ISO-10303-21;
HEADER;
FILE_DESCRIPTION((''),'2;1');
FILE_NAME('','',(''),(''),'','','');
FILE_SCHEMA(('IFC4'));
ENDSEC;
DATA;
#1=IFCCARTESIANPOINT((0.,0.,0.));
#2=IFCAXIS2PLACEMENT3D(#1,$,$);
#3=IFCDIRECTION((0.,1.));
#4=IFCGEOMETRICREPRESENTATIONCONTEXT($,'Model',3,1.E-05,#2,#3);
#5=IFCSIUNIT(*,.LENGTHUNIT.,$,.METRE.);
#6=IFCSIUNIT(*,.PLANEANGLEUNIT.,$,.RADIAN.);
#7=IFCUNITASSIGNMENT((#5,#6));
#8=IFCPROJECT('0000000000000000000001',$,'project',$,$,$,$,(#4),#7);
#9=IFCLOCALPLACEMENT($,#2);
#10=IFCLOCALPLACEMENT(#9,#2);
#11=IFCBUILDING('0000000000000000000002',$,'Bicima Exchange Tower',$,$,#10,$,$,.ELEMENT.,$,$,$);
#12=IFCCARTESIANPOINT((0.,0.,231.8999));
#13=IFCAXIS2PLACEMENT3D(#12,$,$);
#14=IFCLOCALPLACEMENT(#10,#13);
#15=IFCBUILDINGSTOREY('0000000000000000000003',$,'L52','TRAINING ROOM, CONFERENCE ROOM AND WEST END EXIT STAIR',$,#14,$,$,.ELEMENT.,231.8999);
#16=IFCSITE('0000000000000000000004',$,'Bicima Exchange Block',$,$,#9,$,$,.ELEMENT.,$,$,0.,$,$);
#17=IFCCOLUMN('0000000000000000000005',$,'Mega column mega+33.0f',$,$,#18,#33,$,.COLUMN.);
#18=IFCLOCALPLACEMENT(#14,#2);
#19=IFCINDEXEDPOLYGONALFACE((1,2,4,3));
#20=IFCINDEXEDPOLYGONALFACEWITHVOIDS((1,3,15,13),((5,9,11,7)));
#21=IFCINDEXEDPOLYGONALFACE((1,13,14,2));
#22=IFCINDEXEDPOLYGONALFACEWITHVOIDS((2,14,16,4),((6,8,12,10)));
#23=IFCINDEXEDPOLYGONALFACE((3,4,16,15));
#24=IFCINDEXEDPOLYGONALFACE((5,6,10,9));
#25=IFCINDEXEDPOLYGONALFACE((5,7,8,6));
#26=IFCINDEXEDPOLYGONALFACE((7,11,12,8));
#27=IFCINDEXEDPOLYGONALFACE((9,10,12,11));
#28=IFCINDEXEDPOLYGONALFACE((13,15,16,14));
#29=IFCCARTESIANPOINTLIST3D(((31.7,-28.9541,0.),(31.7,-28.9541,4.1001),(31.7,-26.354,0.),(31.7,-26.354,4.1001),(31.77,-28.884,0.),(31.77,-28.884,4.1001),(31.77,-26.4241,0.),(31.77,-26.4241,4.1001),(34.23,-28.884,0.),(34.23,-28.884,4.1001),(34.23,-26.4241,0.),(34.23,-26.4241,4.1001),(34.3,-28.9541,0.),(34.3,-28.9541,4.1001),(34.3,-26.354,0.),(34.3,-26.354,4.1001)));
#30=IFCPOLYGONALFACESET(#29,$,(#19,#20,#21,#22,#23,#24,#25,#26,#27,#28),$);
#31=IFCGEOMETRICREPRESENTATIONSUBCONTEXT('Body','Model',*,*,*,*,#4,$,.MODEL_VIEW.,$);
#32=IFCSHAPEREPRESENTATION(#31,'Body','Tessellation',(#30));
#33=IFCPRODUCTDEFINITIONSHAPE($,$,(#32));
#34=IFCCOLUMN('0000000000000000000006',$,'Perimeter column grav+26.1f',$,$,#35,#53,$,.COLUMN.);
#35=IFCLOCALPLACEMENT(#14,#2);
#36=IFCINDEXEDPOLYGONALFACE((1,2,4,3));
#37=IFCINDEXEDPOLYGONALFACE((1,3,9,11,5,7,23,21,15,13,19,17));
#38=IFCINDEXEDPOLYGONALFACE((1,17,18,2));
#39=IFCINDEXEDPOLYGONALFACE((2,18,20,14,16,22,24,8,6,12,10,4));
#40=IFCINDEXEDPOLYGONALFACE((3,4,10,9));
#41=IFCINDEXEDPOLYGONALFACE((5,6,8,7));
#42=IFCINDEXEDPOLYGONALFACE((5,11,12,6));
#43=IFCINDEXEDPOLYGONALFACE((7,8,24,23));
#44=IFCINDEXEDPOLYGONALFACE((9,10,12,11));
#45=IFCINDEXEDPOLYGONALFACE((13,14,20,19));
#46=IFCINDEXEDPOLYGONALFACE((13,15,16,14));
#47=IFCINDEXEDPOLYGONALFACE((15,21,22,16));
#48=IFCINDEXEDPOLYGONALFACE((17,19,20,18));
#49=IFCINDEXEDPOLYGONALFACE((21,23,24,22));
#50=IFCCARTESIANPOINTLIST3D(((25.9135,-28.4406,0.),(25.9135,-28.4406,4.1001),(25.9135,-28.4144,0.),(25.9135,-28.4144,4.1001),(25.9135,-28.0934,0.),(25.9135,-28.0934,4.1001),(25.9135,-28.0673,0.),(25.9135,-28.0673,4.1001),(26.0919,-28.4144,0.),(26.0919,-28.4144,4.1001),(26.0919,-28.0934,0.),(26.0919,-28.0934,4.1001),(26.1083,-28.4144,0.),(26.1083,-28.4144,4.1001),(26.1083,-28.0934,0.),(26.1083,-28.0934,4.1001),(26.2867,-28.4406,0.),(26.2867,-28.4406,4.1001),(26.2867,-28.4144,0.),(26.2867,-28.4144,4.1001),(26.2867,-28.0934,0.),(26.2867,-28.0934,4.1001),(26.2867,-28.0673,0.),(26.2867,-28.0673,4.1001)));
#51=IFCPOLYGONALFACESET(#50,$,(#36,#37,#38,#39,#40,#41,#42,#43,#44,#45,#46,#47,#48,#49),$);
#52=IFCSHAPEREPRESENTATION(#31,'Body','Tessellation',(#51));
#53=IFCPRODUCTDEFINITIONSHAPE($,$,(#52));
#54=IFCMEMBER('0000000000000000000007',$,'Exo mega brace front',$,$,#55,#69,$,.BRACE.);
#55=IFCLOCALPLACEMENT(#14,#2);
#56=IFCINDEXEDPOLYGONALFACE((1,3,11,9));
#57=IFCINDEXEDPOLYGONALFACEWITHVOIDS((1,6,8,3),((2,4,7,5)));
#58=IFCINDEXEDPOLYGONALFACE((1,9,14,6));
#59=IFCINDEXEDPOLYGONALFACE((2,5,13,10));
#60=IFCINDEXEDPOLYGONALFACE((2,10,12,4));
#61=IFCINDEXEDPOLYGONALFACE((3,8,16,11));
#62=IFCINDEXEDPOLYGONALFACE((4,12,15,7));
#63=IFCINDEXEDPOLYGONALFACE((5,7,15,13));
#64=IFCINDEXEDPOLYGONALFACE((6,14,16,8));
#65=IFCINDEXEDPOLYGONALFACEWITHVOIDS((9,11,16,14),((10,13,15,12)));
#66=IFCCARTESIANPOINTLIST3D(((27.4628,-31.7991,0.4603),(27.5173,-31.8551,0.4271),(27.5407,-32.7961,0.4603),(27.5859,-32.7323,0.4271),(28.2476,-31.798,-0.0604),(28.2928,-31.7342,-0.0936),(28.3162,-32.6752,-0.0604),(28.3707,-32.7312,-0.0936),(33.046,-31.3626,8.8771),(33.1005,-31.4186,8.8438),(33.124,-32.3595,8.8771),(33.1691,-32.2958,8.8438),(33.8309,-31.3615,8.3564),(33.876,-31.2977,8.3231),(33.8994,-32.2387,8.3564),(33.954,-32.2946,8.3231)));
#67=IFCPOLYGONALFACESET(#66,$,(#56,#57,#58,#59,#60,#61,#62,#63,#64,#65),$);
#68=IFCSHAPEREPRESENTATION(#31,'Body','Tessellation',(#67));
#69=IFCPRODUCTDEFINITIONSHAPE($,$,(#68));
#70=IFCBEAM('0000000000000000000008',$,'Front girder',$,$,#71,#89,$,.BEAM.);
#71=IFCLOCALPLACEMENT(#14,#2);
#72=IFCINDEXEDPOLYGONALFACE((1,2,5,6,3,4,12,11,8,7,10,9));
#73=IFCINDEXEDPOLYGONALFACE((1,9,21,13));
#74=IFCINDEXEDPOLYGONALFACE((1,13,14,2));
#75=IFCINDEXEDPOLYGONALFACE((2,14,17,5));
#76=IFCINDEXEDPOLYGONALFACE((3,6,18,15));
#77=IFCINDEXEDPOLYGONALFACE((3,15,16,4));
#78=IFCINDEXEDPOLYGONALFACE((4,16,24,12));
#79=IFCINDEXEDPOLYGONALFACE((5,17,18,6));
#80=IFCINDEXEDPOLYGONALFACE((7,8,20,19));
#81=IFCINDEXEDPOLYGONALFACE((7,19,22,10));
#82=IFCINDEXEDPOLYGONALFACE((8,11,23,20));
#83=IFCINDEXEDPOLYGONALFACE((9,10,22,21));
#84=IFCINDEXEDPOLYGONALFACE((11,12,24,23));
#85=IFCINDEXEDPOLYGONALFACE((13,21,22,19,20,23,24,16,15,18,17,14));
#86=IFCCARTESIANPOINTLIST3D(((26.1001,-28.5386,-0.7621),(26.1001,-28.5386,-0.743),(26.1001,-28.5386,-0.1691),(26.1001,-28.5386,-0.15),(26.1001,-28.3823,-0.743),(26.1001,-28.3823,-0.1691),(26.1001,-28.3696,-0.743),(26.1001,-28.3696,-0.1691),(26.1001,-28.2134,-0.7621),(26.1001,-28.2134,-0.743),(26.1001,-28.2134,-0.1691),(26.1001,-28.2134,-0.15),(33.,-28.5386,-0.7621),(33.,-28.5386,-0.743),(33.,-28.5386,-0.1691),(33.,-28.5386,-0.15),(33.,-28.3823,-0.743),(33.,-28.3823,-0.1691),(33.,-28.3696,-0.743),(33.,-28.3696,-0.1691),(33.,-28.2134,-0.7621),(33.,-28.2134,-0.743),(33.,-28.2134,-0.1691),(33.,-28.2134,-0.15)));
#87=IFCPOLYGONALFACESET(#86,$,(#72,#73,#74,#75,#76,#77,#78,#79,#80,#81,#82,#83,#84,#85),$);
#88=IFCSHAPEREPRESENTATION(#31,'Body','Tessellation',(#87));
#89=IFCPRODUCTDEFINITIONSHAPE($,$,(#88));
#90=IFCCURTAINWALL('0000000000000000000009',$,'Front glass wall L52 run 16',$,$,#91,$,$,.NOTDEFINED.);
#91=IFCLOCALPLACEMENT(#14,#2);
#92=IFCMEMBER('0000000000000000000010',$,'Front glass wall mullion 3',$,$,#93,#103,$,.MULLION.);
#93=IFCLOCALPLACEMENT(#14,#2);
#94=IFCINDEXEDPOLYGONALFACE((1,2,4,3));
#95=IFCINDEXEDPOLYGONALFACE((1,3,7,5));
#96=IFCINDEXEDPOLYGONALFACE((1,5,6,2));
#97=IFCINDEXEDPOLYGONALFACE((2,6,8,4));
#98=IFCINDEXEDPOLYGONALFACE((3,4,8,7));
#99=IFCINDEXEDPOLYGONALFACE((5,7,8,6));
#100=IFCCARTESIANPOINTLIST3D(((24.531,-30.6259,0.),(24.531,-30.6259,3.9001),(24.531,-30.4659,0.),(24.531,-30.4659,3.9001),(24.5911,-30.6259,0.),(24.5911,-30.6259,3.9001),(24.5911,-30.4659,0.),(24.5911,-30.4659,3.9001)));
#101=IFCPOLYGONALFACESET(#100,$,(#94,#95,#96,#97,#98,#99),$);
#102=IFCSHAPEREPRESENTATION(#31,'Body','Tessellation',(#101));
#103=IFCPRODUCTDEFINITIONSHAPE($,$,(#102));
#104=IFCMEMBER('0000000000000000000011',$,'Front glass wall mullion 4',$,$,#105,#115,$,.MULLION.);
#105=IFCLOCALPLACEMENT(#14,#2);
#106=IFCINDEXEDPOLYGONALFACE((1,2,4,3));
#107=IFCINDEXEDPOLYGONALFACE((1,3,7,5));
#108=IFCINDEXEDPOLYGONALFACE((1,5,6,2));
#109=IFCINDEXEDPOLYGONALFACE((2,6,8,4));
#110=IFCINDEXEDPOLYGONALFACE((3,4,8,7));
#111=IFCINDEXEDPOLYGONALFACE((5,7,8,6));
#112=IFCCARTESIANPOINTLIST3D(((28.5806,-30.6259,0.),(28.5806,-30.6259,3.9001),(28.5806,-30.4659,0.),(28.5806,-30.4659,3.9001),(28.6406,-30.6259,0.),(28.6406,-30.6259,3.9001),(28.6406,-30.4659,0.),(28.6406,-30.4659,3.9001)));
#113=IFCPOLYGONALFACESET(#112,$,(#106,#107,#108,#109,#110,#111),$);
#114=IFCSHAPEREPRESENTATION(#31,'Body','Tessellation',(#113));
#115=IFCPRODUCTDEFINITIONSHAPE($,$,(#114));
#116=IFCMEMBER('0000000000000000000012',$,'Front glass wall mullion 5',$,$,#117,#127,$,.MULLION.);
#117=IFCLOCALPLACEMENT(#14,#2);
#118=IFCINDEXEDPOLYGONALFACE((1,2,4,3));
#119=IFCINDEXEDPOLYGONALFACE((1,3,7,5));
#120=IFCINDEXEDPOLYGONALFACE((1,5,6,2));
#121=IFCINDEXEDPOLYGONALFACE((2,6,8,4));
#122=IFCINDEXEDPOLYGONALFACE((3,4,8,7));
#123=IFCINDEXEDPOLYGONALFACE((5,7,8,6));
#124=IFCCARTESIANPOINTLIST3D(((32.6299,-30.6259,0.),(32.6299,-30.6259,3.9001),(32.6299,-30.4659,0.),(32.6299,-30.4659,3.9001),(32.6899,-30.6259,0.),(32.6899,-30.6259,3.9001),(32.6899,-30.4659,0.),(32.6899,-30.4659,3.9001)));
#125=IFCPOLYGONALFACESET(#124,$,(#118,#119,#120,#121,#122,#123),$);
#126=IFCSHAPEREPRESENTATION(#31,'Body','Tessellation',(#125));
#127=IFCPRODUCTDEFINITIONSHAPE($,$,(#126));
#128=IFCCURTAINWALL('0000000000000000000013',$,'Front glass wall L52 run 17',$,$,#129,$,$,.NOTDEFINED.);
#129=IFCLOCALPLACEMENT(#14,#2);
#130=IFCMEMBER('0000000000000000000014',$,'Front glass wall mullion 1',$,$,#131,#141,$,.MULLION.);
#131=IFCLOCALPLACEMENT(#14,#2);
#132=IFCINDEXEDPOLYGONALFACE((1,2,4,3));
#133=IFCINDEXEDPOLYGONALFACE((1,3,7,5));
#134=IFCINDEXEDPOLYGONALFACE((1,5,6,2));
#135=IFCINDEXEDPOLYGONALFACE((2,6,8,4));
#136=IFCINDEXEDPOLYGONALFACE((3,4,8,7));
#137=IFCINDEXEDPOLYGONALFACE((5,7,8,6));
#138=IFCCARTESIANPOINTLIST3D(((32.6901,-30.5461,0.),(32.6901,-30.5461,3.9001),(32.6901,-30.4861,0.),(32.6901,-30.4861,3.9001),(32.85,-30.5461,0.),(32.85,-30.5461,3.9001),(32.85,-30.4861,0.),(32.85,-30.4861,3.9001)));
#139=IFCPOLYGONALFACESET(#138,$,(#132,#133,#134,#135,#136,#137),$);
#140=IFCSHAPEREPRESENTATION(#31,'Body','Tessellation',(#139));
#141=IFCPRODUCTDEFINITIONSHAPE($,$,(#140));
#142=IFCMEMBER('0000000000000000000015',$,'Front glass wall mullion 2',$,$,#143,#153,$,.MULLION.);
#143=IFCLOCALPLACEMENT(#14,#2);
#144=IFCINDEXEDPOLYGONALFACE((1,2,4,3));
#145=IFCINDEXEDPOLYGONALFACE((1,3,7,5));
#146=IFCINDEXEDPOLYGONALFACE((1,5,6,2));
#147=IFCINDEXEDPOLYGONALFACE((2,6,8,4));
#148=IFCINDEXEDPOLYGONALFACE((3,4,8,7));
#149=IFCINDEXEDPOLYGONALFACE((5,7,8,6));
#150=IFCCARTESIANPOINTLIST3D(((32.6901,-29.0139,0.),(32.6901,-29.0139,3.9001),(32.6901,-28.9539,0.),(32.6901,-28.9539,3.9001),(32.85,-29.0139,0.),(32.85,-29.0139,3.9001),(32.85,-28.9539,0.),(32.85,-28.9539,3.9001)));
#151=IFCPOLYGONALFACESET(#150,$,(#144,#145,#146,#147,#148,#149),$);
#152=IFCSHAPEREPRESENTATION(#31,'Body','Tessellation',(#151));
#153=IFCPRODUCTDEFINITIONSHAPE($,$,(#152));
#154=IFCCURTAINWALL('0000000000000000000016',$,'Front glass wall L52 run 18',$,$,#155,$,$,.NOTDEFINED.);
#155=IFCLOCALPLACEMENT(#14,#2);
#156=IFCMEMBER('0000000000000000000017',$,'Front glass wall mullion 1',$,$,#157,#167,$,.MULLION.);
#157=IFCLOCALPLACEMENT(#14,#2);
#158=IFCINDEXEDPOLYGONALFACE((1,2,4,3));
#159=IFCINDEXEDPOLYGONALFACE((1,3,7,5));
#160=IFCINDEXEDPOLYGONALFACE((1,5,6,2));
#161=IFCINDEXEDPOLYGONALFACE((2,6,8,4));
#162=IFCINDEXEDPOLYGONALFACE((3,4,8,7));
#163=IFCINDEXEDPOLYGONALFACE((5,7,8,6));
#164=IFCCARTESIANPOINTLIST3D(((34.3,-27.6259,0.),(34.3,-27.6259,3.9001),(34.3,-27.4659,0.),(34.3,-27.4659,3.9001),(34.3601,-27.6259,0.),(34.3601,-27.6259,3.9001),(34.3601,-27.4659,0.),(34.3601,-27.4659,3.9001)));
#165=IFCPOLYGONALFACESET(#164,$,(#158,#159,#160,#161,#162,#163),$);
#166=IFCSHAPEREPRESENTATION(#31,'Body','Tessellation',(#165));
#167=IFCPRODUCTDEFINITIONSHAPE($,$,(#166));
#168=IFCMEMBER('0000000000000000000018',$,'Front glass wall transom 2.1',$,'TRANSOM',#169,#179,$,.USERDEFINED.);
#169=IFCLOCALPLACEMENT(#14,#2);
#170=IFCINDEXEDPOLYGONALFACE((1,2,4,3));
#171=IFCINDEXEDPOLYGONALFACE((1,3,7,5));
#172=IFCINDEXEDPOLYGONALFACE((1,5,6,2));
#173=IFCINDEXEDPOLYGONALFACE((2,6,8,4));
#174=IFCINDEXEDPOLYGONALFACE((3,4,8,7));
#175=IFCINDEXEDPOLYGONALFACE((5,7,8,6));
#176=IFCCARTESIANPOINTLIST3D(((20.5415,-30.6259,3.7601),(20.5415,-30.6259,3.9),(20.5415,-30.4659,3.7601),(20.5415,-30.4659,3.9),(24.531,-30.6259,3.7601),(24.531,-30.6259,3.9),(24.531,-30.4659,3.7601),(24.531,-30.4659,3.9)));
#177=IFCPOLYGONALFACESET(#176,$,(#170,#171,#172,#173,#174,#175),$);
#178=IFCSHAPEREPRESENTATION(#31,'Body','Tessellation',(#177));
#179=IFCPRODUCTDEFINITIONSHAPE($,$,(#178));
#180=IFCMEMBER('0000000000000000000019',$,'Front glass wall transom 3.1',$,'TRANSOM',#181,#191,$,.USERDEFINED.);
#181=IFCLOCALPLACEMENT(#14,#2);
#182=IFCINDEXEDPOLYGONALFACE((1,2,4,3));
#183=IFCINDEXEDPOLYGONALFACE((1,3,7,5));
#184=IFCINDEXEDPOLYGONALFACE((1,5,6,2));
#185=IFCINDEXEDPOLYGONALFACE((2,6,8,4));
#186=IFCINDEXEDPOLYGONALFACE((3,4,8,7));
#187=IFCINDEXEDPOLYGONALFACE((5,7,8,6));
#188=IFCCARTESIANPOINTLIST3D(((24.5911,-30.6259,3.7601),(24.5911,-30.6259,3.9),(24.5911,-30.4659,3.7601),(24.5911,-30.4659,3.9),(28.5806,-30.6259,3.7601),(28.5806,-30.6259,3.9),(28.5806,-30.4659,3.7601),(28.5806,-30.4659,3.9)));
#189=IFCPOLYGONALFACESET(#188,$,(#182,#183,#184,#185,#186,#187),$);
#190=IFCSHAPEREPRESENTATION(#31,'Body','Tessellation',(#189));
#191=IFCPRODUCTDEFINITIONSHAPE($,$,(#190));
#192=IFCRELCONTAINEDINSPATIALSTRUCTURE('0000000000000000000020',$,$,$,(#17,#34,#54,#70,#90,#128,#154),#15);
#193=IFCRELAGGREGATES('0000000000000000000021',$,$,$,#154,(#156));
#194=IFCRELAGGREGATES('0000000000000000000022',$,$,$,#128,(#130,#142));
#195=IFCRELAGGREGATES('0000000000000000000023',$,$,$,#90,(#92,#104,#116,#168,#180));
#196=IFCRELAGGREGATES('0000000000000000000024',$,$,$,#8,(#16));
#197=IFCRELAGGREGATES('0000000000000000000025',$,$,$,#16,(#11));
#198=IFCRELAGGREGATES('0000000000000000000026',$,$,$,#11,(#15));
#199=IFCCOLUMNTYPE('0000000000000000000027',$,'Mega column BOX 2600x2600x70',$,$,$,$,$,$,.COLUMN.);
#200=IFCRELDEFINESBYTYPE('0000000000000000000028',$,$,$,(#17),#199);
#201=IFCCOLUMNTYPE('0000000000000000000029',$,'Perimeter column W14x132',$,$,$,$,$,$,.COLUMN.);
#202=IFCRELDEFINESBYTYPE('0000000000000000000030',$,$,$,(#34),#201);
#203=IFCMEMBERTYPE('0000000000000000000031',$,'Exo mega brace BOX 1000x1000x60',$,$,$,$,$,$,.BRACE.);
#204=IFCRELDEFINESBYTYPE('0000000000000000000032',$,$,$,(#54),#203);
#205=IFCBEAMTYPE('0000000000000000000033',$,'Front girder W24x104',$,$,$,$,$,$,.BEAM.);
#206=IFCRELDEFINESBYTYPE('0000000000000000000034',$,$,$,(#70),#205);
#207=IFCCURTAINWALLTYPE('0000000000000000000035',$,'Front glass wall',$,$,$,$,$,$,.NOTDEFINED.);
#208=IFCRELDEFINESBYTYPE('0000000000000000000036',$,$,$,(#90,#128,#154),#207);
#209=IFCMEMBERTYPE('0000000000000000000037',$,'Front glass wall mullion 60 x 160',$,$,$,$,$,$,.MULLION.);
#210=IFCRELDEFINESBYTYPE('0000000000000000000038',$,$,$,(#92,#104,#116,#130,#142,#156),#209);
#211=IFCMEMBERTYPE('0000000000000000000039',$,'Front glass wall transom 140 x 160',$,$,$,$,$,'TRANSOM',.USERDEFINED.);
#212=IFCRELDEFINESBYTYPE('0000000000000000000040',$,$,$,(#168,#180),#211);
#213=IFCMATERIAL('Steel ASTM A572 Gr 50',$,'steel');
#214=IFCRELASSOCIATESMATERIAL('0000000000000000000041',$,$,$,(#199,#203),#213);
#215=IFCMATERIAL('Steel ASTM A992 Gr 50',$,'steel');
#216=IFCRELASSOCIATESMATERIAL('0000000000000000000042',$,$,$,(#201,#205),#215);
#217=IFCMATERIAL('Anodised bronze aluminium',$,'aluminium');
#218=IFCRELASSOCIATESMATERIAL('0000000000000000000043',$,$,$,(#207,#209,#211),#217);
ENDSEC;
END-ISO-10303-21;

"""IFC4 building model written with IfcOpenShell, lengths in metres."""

from ifc_helpers import new_model, si_unit, direction, frame, origin, origin_2d, place, context, subcontext, project, spatial, rectangle, hollow_rectangle, i_section, extrude, material, material_profile, profile_set, type_object, element, aggregate, save


model = new_model("IFC4")

# Units and contexts
model_context = context("Model", 3, precision=1e-05, world=origin(), true_north=direction((0.0, 1.0)))
body_context = subcontext(model_context, "Body", "Model", "MODEL_VIEW")
ifc_project = project(units=[si_unit("LENGTHUNIT", "METRE"), si_unit("PLANEANGLEUNIT", "RADIAN")], contexts=[model_context])

# Site, building, storey
site_placement = place(None, origin())
site = spatial("IfcSite", under=ifc_project, at=site_placement, Name="Bicima Exchange Block", CompositionType="ELEMENT", RefElevation=0.0)
building_placement = place(site_placement, origin())
building = spatial("IfcBuilding", under=site, at=building_placement, Name="Bicima Exchange Tower", CompositionType="ELEMENT")
storey_placement = place(building_placement, frame((0.0, 0.0, 231.8999)))
storey = spatial("IfcBuildingStorey", under=building, at=storey_placement, Name="L52", Description="TRAINING ROOM, CONFERENCE ROOM AND WEST END EXIT STAIR", CompositionType="ELEMENT", Elevation=231.8999)

# Columns
ifc_material_1 = material(Name="Steel ASTM A572 Gr 50", Category="steel")
ifc_material_profile_1 = material_profile(ifc_material_1, hollow_rectangle(XDim=2.6001, YDim=2.6001, WallThickness=0.0701, at=origin_2d()))
ifc_profile_set_1 = profile_set([ifc_material_profile_1], Name="Steel ASTM A572 Gr 50")
column_type_1 = type_object("IfcColumnType", Name="Mega column BOX 2600x2600x70", PredefinedType="COLUMN", material=ifc_profile_set_1)
column_1_placement = place(storey_placement, frame((33.0, -27.6541, 0.0), z_axis=(0.0, 0.0, 1.0), x_axis=(1.0, 0.0, 0.0)))
element("IfcColumn", 1, at=column_1_placement, inside=storey, type_object=column_type_1, Name="Mega column mega+33.0f", PredefinedType="COLUMN", context=body_context, shape_type="SweptSolid", body=[
    extrude(hollow_rectangle(XDim=2.6001, YDim=2.6001, WallThickness=0.0701, at=origin_2d()), origin(), (0.0, 0.0, 1.0), 4.1001),
])
ifc_material_2 = material(Name="Steel ASTM A992 Gr 50", Category="steel")
ifc_material_profile_2 = material_profile(ifc_material_2, i_section(OverallWidth=0.3733, OverallDepth=0.3733, WebThickness=0.0164, FlangeThickness=0.0261, at=origin_2d()))
ifc_profile_set_2 = profile_set([ifc_material_profile_2], Name="Steel ASTM A992 Gr 50")
column_type_2 = type_object("IfcColumnType", Name="Perimeter column W14x132", PredefinedType="COLUMN", material=ifc_profile_set_2)
column_2_placement = place(storey_placement, frame((26.1001, -28.2539, 0.0), z_axis=(0.0, 0.0, 1.0), x_axis=(1.0, 0.0, 0.0)))
element("IfcColumn", 2, at=column_2_placement, inside=storey, type_object=column_type_2, Name="Perimeter column grav+26.1f", PredefinedType="COLUMN", context=body_context, shape_type="SweptSolid", body=[
    extrude(i_section(OverallWidth=0.3733, OverallDepth=0.3733, WebThickness=0.0164, FlangeThickness=0.0261, at=origin_2d()), origin(), (0.0, 0.0, 1.0), 4.1001),
])

# Member
ifc_material_profile_3 = material_profile(ifc_material_1, hollow_rectangle(XDim=1.0, YDim=1.0, WallThickness=0.0601, at=origin_2d()))
ifc_profile_set_3 = profile_set([ifc_material_profile_3], Name="Steel ASTM A572 Gr 50")
member_type_1 = type_object("IfcMemberType", Name="Exo mega brace BOX 1000x1000x60", PredefinedType="BRACE", material=ifc_profile_set_3)
member_1_placement = place(storey_placement, frame((27.9167, -32.2651, 0.1833), z_axis=(0.55227, 0.043179, 0.832546), x_axis=(-0.077947, 0.996958, 0.0)))
element("IfcMember", 3, at=member_1_placement, inside=storey, type_object=member_type_1, Name="Exo mega brace front", PredefinedType="BRACE", context=body_context, shape_type="SweptSolid", body=[
    extrude(hollow_rectangle(XDim=1.0, YDim=1.0, WallThickness=0.0601, at=origin_2d()), origin(), (0.0, 0.0, 1.0), 10.1096),
])

# Beam
ifc_material_profile_4 = material_profile(ifc_material_2, i_section(OverallWidth=0.3252, OverallDepth=0.6121, WebThickness=0.0127, FlangeThickness=0.019, at=origin_2d()))
ifc_profile_set_4 = profile_set([ifc_material_profile_4], Name="Steel ASTM A992 Gr 50")
beam_type = type_object("IfcBeamType", Name="Front girder W24x104", PredefinedType="BEAM", material=ifc_profile_set_4)
beam_placement = place(storey_placement, frame((26.1001, -28.376, -0.4561), z_axis=(1.0, 0.0, 0.0), x_axis=(0.0, 1.0, 0.0)))
element("IfcBeam", 4, at=beam_placement, inside=storey, type_object=beam_type, Name="Front girder", PredefinedType="BEAM", context=body_context, shape_type="SweptSolid", body=[
    extrude(i_section(OverallWidth=0.3252, OverallDepth=0.6121, WebThickness=0.0127, FlangeThickness=0.019, at=origin_2d()), origin(), (0.0, 0.0, 1.0), 6.8999),
])

# Curtain walls, members
ifc_material_3 = material(Name="Anodised bronze aluminium", Category="aluminium")
curtain_wall_type = type_object("IfcCurtainWallType", Name="Front glass wall", PredefinedType="NOTDEFINED", material=ifc_material_3)
curtain_wall_1_placement = place(storey_placement, origin())
curtain_wall_1 = element("IfcCurtainWall", 5, at=curtain_wall_1_placement, inside=storey, type_object=curtain_wall_type, Name="Front glass wall L52 run 16", PredefinedType="NOTDEFINED")
ifc_material_profile_5 = material_profile(ifc_material_3, rectangle(XDim=0.1599, YDim=0.0601, at=origin_2d()))
ifc_profile_set_5 = profile_set([ifc_material_profile_5], Name="Anodised bronze aluminium")
member_type_2 = type_object("IfcMemberType", Name="Front glass wall mullion 60 x 160", PredefinedType="MULLION", material=ifc_profile_set_5)
member_2_placement = place(storey_placement, frame((24.561, -30.5459, 0.0), z_axis=(0.0, 0.0, 1.0), x_axis=(0.0, 1.0, 0.0)))
member_2 = element("IfcMember", 6, at=member_2_placement, type_object=member_type_2, Name="Front glass wall mullion 3", PredefinedType="MULLION", context=body_context, shape_type="SweptSolid", body=[
    extrude(rectangle(XDim=0.1599, YDim=0.0601, at=origin_2d()), origin(), (0.0, 0.0, 1.0), 3.9001),
])
member_3_placement = place(storey_placement, frame((28.6106, -30.5459, 0.0), z_axis=(0.0, 0.0, 1.0), x_axis=(0.0, 1.0, 0.0)))
member_3 = element("IfcMember", 7, at=member_3_placement, type_object=member_type_2, Name="Front glass wall mullion 4", PredefinedType="MULLION", context=body_context, shape_type="SweptSolid", body=[
    extrude(rectangle(XDim=0.1599, YDim=0.0601, at=origin_2d()), origin(), (0.0, 0.0, 1.0), 3.9001),
])
member_4_placement = place(storey_placement, frame((32.6599, -30.5459, 0.0), z_axis=(0.0, 0.0, 1.0), x_axis=(0.0, 1.0, 0.0)))
member_4 = element("IfcMember", 8, at=member_4_placement, type_object=member_type_2, Name="Front glass wall mullion 5", PredefinedType="MULLION", context=body_context, shape_type="SweptSolid", body=[
    extrude(rectangle(XDim=0.1599, YDim=0.0601, at=origin_2d()), origin(), (0.0, 0.0, 1.0), 3.9001),
])
curtain_wall_2_placement = place(storey_placement, origin())
curtain_wall_2 = element("IfcCurtainWall", 9, at=curtain_wall_2_placement, inside=storey, type_object=curtain_wall_type, Name="Front glass wall L52 run 17", PredefinedType="NOTDEFINED")
member_5_placement = place(storey_placement, frame((32.77, -30.5161, 0.0), z_axis=(0.0, 0.0, 1.0), x_axis=(-1.0, 0.0, 0.0)))
member_5 = element("IfcMember", 10, at=member_5_placement, type_object=member_type_2, Name="Front glass wall mullion 1", PredefinedType="MULLION", context=body_context, shape_type="SweptSolid", body=[
    extrude(rectangle(XDim=0.1599, YDim=0.0601, at=origin_2d()), origin(), (0.0, 0.0, 1.0), 3.9001),
])
member_6_placement = place(storey_placement, frame((32.77, -28.9839, 0.0), z_axis=(0.0, 0.0, 1.0), x_axis=(-1.0, 0.0, 0.0)))
member_6 = element("IfcMember", 11, at=member_6_placement, type_object=member_type_2, Name="Front glass wall mullion 2", PredefinedType="MULLION", context=body_context, shape_type="SweptSolid", body=[
    extrude(rectangle(XDim=0.1599, YDim=0.0601, at=origin_2d()), origin(), (0.0, 0.0, 1.0), 3.9001),
])

# Curtain wall, member
curtain_wall_3_placement = place(storey_placement, origin())
curtain_wall_3 = element("IfcCurtainWall", 12, at=curtain_wall_3_placement, inside=storey, type_object=curtain_wall_type, Name="Front glass wall L52 run 18", PredefinedType="NOTDEFINED")
member_7_placement = place(storey_placement, frame((34.3301, -27.5459, 0.0), z_axis=(0.0, 0.0, 1.0), x_axis=(0.0, 1.0, 0.0)))
member_7 = element("IfcMember", 13, at=member_7_placement, type_object=member_type_2, Name="Front glass wall mullion 1", PredefinedType="MULLION", context=body_context, shape_type="SweptSolid", body=[
    extrude(rectangle(XDim=0.1599, YDim=0.0601, at=origin_2d()), origin(), (0.0, 0.0, 1.0), 3.9001),
])
aggregate(curtain_wall_3, [member_7])

# Members
ifc_material_profile_6 = material_profile(ifc_material_3, rectangle(XDim=0.1599, YDim=0.1399, at=origin_2d()))
ifc_profile_set_6 = profile_set([ifc_material_profile_6], Name="Anodised bronze aluminium")
member_type_3 = type_object("IfcMemberType", Name="Front glass wall transom 140 x 160", ElementType="TRANSOM", PredefinedType="USERDEFINED", material=ifc_profile_set_6)
member_8_placement = place(storey_placement, frame((20.5415, -30.5459, 3.8301), z_axis=(1.0, 0.0, 0.0), x_axis=(0.0, 1.0, 0.0)))
member_8 = element("IfcMember", 14, at=member_8_placement, type_object=member_type_3, Name="Front glass wall transom 2.1", ObjectType="TRANSOM", PredefinedType="USERDEFINED", context=body_context, shape_type="SweptSolid", body=[
    extrude(rectangle(XDim=0.1599, YDim=0.1399, at=origin_2d()), origin(), (0.0, 0.0, 1.0), 3.9895),
])
member_9_placement = place(storey_placement, frame((24.5911, -30.5459, 3.8301), z_axis=(1.0, 0.0, 0.0), x_axis=(0.0, 1.0, 0.0)))
member_9 = element("IfcMember", 15, at=member_9_placement, type_object=member_type_3, Name="Front glass wall transom 3.1", ObjectType="TRANSOM", PredefinedType="USERDEFINED", context=body_context, shape_type="SweptSolid", body=[
    extrude(rectangle(XDim=0.1599, YDim=0.1399, at=origin_2d()), origin(), (0.0, 0.0, 1.0), 3.9895),
])

aggregate(curtain_wall_2, [member_5, member_6])
aggregate(curtain_wall_1, [member_2, member_3, member_4, member_8, member_9])

save(model, "model.ifc")
